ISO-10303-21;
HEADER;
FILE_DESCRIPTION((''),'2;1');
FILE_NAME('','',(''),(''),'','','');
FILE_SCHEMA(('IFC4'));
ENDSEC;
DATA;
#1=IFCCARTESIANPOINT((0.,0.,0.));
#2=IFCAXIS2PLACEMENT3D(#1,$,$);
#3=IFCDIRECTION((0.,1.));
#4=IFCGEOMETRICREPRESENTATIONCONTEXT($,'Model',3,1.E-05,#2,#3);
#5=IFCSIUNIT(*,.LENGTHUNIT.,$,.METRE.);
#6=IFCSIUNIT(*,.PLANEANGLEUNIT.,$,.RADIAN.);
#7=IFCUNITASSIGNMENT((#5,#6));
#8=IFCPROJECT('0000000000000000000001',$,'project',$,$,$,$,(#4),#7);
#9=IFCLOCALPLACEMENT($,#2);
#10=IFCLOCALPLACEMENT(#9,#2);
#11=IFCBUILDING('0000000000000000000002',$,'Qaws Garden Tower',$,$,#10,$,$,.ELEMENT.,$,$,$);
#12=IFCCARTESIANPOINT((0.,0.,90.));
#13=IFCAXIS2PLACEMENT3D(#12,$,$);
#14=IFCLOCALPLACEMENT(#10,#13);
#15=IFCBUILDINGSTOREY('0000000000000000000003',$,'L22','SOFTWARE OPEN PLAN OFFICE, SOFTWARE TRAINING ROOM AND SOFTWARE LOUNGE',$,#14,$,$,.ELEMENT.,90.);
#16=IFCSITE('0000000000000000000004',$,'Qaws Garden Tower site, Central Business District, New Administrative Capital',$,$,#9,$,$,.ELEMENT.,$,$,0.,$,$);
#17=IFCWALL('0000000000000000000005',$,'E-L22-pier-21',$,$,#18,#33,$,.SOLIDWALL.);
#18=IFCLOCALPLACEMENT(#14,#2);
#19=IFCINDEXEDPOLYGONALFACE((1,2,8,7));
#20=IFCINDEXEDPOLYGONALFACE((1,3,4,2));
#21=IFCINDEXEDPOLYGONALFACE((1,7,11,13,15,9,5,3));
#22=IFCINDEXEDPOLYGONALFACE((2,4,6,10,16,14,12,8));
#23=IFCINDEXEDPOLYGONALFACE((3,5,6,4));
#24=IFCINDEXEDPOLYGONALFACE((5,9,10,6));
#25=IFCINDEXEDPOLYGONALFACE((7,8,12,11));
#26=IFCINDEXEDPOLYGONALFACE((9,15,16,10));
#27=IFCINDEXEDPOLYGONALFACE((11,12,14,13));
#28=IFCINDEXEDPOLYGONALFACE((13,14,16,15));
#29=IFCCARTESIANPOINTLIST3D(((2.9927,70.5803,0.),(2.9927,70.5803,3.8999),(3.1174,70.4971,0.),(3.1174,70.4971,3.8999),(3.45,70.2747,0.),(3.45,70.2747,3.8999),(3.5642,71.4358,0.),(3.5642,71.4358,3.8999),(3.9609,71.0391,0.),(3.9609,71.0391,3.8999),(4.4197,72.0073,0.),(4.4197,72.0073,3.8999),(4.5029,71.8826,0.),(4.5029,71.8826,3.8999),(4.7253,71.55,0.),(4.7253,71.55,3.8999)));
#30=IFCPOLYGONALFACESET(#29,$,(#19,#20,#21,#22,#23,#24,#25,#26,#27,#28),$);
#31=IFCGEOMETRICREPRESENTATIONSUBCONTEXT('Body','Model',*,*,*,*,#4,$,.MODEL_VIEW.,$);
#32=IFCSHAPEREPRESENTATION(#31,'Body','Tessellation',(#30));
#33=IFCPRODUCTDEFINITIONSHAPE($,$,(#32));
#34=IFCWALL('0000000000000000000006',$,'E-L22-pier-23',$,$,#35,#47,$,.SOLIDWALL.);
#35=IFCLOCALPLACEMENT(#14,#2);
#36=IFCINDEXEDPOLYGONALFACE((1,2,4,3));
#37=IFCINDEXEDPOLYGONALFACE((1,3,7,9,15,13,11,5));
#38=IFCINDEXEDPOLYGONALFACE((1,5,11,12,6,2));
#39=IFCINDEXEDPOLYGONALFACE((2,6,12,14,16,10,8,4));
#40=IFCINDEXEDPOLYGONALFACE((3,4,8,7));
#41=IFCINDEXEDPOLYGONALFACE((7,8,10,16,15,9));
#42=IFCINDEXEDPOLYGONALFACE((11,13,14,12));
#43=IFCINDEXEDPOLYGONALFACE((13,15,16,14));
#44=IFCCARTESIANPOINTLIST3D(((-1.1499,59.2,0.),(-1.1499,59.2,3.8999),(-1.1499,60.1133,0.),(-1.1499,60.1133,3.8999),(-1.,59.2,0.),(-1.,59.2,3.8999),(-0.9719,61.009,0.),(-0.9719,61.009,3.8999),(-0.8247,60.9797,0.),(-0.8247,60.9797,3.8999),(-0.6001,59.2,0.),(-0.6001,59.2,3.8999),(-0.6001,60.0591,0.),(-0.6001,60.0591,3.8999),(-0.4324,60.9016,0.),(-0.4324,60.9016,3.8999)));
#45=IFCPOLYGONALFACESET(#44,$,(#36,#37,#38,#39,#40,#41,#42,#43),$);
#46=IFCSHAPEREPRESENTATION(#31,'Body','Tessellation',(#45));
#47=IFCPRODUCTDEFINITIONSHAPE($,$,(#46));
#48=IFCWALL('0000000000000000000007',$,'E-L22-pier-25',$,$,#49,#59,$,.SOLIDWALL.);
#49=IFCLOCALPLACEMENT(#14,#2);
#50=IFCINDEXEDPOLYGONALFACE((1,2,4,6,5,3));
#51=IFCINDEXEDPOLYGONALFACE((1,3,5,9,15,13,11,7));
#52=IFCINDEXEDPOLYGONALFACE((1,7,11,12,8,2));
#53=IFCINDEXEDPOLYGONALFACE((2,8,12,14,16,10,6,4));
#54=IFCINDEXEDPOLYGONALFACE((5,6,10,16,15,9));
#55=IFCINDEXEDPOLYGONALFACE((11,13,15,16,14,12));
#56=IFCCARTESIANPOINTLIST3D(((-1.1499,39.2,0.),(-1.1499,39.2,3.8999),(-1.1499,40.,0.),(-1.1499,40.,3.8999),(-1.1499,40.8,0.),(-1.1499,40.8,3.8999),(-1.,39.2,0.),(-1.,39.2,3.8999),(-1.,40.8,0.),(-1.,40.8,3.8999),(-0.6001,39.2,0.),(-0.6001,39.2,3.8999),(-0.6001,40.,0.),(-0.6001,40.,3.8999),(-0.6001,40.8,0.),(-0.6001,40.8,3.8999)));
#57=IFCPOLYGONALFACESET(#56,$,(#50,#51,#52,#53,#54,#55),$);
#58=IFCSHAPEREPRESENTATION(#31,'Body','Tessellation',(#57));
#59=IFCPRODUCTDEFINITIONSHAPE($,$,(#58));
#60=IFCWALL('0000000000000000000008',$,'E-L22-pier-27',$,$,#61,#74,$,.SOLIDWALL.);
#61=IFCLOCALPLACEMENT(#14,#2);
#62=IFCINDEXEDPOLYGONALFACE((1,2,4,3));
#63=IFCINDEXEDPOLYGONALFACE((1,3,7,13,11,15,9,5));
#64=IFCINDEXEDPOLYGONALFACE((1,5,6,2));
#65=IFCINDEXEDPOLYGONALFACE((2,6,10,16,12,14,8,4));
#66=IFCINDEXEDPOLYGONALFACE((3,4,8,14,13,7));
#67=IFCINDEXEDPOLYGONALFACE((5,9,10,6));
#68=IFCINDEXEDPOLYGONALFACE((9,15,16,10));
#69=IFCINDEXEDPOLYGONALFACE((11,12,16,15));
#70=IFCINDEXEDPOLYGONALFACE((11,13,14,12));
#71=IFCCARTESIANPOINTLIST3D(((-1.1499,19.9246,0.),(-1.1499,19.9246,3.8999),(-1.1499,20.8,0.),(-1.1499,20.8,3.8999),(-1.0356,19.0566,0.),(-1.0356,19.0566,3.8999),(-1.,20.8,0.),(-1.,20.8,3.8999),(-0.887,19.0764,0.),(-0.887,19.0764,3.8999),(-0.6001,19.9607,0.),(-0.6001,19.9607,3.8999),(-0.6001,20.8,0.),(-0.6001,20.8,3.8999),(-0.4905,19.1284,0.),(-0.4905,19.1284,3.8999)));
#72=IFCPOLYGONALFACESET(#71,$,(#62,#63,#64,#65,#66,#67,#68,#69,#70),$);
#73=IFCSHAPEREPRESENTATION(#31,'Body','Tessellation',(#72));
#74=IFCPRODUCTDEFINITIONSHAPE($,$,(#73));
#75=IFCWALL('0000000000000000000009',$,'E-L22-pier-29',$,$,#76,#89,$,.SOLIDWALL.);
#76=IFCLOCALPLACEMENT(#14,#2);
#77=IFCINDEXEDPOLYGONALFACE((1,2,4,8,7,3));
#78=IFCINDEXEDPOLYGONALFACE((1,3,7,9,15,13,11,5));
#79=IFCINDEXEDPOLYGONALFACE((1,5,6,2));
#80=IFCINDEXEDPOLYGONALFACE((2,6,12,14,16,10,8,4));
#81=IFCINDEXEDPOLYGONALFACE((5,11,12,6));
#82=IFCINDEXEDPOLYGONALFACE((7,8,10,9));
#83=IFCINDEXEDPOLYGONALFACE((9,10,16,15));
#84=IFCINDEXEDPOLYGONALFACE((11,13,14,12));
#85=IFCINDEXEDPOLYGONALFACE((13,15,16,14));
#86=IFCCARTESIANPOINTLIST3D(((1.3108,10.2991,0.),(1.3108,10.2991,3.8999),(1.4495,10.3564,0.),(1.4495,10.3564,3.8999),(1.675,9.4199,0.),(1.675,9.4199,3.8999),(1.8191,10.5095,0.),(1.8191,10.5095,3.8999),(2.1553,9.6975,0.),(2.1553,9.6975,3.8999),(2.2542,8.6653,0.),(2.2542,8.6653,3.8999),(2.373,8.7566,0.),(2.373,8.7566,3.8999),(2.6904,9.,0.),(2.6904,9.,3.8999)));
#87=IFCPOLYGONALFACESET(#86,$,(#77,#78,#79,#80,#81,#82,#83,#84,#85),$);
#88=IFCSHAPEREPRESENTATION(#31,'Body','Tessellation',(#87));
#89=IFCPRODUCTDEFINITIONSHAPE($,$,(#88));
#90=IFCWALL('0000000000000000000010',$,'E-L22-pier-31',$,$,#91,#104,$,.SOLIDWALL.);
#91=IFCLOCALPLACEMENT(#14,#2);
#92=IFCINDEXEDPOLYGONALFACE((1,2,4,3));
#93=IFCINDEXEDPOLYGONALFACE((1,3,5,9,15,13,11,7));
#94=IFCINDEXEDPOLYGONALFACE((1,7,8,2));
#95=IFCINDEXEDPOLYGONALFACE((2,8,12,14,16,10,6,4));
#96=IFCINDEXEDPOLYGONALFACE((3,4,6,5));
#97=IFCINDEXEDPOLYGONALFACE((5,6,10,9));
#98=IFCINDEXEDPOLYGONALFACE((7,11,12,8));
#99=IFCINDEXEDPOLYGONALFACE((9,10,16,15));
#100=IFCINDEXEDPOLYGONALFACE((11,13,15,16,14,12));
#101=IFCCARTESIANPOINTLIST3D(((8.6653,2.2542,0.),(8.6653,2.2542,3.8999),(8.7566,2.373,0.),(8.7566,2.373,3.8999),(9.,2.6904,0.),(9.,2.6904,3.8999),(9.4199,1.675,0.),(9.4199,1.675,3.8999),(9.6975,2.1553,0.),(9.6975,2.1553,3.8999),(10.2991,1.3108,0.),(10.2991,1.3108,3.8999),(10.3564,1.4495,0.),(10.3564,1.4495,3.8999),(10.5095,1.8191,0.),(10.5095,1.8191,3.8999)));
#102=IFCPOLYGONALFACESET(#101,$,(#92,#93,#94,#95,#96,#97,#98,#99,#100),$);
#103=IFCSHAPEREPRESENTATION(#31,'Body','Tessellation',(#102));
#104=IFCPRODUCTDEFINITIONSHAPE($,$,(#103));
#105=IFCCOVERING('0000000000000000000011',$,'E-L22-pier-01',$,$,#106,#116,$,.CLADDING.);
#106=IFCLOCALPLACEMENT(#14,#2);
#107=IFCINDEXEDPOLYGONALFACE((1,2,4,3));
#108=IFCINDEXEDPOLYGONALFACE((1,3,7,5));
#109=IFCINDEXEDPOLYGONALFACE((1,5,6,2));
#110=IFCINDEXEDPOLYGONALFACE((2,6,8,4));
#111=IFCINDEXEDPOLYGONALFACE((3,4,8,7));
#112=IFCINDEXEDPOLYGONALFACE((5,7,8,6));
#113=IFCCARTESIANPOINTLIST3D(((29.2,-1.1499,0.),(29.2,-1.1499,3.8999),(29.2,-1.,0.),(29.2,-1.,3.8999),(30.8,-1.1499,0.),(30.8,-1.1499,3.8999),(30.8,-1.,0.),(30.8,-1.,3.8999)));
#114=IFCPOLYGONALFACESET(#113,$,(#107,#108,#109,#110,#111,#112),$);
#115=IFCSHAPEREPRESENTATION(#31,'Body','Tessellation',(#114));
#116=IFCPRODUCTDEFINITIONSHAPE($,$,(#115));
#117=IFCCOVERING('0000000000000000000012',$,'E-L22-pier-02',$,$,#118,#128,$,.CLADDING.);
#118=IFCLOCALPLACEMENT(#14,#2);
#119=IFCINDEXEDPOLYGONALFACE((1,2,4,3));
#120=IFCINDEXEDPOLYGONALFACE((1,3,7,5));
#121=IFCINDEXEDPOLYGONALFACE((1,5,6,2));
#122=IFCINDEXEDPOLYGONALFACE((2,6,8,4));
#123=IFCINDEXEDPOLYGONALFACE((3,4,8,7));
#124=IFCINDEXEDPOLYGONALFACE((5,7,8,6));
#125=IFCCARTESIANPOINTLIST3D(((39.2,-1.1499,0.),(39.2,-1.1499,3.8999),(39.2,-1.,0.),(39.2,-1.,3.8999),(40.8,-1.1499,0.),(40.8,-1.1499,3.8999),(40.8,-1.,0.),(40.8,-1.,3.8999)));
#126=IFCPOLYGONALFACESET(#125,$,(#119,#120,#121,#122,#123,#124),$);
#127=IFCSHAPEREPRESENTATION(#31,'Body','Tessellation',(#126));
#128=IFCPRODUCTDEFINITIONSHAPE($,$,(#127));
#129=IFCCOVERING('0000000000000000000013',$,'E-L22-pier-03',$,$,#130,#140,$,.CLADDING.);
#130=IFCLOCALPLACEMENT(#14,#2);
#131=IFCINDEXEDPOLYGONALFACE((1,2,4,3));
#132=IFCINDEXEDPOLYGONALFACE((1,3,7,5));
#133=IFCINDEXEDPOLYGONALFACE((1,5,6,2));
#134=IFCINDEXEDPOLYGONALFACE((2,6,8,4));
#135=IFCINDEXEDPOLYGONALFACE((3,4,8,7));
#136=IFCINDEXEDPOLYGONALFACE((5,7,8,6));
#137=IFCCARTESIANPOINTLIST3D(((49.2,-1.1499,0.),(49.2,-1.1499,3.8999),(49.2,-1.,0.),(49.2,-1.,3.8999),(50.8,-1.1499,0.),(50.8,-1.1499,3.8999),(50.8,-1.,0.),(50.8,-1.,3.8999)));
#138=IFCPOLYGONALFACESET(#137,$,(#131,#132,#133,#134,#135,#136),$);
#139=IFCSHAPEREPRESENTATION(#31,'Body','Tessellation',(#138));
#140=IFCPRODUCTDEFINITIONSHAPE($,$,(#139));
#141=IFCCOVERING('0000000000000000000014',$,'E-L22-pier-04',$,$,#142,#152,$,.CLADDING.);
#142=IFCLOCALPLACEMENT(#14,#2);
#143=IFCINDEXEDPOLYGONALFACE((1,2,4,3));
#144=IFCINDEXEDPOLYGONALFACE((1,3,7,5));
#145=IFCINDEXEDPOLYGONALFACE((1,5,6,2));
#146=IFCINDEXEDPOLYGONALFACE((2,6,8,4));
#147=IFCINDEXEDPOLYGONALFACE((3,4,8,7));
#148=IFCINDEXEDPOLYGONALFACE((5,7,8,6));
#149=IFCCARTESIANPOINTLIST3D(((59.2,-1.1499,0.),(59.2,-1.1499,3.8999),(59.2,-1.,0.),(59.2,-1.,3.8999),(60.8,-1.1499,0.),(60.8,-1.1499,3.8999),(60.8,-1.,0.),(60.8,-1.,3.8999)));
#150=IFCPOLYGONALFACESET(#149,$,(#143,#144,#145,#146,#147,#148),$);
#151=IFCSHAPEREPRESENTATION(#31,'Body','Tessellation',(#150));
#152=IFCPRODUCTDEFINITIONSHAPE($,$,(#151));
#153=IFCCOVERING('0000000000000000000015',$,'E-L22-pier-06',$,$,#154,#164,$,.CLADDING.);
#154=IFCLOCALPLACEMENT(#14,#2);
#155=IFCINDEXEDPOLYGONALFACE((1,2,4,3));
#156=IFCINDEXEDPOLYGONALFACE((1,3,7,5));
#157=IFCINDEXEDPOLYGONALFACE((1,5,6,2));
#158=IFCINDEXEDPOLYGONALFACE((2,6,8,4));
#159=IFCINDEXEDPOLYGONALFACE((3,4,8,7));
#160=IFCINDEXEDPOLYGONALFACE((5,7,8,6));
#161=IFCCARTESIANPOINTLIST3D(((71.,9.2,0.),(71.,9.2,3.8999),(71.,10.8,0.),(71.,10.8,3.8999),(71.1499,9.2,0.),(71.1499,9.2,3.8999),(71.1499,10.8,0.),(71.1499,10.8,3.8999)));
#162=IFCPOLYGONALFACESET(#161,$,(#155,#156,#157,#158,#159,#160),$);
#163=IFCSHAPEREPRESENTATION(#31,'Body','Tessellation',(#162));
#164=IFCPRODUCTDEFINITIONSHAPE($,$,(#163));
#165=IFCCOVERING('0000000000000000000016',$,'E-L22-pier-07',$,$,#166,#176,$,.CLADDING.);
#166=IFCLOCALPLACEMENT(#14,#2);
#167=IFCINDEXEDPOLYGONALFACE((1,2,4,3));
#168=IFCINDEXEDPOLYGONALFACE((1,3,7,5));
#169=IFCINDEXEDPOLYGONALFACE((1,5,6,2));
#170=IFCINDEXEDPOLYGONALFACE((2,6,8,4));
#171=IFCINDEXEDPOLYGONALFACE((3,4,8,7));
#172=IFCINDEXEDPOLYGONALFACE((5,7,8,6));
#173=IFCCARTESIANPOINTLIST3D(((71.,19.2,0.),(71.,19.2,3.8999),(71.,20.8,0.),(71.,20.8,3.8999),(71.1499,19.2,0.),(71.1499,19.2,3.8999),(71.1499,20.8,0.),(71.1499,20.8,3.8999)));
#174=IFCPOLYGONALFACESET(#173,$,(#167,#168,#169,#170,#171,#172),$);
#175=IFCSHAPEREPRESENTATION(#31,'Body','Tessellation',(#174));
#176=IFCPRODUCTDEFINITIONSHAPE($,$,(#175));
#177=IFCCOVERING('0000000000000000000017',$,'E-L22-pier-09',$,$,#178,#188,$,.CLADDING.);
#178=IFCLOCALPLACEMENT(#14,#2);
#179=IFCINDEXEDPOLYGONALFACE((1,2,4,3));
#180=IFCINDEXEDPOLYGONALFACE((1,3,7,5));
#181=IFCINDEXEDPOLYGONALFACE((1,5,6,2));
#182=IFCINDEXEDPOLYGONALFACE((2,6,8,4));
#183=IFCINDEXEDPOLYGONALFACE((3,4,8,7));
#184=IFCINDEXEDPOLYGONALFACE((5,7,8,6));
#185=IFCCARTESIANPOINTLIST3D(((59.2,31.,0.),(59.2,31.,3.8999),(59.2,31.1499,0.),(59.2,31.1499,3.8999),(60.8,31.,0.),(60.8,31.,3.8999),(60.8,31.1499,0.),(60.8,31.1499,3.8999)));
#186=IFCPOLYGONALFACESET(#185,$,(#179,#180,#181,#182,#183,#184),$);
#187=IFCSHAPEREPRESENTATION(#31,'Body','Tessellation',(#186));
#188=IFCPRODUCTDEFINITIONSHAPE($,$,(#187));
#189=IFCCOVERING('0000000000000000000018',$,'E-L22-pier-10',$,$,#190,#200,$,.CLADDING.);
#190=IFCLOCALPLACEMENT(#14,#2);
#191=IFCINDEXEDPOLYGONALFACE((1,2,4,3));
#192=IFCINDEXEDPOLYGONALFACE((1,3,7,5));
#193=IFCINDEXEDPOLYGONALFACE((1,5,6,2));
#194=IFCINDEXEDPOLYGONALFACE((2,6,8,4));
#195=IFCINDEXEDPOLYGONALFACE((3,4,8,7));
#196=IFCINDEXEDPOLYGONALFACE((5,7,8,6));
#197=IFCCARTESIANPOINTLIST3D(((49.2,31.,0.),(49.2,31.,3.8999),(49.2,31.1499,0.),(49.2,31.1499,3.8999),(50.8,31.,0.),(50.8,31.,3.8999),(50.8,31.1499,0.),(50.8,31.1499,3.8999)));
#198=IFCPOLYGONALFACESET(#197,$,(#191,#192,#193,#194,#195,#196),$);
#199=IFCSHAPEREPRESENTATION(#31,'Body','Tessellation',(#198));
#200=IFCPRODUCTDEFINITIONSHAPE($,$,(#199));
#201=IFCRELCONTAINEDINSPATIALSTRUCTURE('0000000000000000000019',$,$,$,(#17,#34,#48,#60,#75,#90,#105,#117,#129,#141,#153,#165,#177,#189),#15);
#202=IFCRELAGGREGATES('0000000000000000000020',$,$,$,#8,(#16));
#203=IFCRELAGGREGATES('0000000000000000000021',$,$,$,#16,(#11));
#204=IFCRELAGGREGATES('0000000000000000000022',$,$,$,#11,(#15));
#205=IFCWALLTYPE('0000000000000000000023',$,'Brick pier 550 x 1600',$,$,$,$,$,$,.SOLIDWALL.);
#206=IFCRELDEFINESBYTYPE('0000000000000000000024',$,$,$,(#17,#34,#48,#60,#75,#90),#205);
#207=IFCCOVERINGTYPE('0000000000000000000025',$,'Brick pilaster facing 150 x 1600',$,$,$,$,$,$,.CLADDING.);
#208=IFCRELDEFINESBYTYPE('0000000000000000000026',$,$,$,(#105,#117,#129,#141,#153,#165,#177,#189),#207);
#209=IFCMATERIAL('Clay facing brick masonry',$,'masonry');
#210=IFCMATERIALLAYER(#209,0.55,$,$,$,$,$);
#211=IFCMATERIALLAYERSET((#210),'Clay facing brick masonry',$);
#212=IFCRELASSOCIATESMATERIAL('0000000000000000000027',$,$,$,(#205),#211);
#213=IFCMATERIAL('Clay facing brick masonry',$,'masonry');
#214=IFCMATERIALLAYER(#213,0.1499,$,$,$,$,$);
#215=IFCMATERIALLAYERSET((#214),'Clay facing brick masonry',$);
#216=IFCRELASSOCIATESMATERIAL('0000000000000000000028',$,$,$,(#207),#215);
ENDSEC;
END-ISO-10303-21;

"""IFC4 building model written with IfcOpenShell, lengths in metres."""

from ifc_helpers import new_model, si_unit, direction, frame, origin, place, context, subcontext, project, spatial, polyline, outline, extrude, material, layer, layer_set, type_object, element, save


model = new_model("IFC4")

# Units and contexts
model_context = context("Model", 3, precision=1e-05, world=origin(), true_north=direction((0.0, 1.0)))
body_context = subcontext(model_context, "Body", "Model", "MODEL_VIEW")
ifc_project = project(units=[si_unit("LENGTHUNIT", "METRE"), si_unit("PLANEANGLEUNIT", "RADIAN")], contexts=[model_context])

# Site, building, storey
site_placement = place(None, origin())
site = spatial("IfcSite", under=ifc_project, at=site_placement, Name="Qaws Garden Tower site, Central Business District, New Administrative Capital", CompositionType="ELEMENT", RefElevation=0.0)
building_placement = place(site_placement, origin())
building = spatial("IfcBuilding", under=site, at=building_placement, Name="Qaws Garden Tower", CompositionType="ELEMENT")
storey_placement = place(building_placement, frame((0.0, 0.0, 90.0)))
storey = spatial("IfcBuildingStorey", under=building, at=storey_placement, Name="L22", Description="SOFTWARE OPEN PLAN OFFICE, SOFTWARE TRAINING ROOM AND SOFTWARE LOUNGE", CompositionType="ELEMENT", Elevation=90.0)

# Walls
placement = place(storey_placement, origin())
ifc_material_1 = material(Name="Clay facing brick masonry", Category="masonry")
ifc_layer_1 = layer(ifc_material_1, 0.55)
ifc_layer_set_1 = layer_set([ifc_layer_1], Name="Clay facing brick masonry")
wall_type_1 = type_object("IfcWallType", Name="Brick pier 550 x 1600", PredefinedType="SOLIDWALL", material=ifc_layer_set_1)
element("IfcWall", 1, at=placement, inside=storey, type_object=wall_type_1, Name="E-L22-pier-21", PredefinedType="SOLIDWALL", context=body_context, shape_type="SweptSolid", body=[
    extrude(outline(polyline([(4.5029, 71.8826), (4.4197, 72.0073), (3.5642, 71.4358), (2.9927, 70.5803), (3.1174, 70.4971), (3.45, 70.2747), (3.9609, 71.0391), (4.7253, 71.55), (4.5029, 71.8826)])), origin(), (0.0, 0.0, 1.0), 3.8999),
])
element("IfcWall", 2, at=placement, inside=storey, type_object=wall_type_1, Name="E-L22-pier-23", PredefinedType="SOLIDWALL", context=body_context, shape_type="SweptSolid", body=[
    extrude(outline(polyline([(-0.8247, 60.9797), (-0.9719, 61.009), (-1.1499, 60.1133), (-1.1499, 59.2), (-1.0, 59.2), (-0.6001, 59.2), (-0.6001, 60.0591), (-0.4324, 60.9016), (-0.8247, 60.9797)])), origin(), (0.0, 0.0, 1.0), 3.8999),
])
element("IfcWall", 3, at=placement, inside=storey, type_object=wall_type_1, Name="E-L22-pier-25", PredefinedType="SOLIDWALL", context=body_context, shape_type="SweptSolid", body=[
    extrude(outline(polyline([(-1.0, 40.8), (-1.1499, 40.8), (-1.1499, 40.0), (-1.1499, 39.2), (-1.0, 39.2), (-0.6001, 39.2), (-0.6001, 40.0), (-0.6001, 40.8), (-1.0, 40.8)])), origin(), (0.0, 0.0, 1.0), 3.8999),
])
element("IfcWall", 4, at=placement, inside=storey, type_object=wall_type_1, Name="E-L22-pier-27", PredefinedType="SOLIDWALL", context=body_context, shape_type="SweptSolid", body=[
    extrude(outline(polyline([(-1.0, 20.8), (-1.1499, 20.8), (-1.1499, 19.9246), (-1.0356, 19.0566), (-0.887, 19.0764), (-0.4905, 19.1284), (-0.6001, 19.9607), (-0.6001, 20.8), (-1.0, 20.8)])), origin(), (0.0, 0.0, 1.0), 3.8999),
])
element("IfcWall", 5, at=placement, inside=storey, type_object=wall_type_1, Name="E-L22-pier-29", PredefinedType="SOLIDWALL", context=body_context, shape_type="SweptSolid", body=[
    extrude(outline(polyline([(1.4495, 10.3564), (1.3108, 10.2991), (1.675, 9.4199), (2.2542, 8.6653), (2.373, 8.7566), (2.6904, 9.0), (2.1553, 9.6975), (1.8191, 10.5095), (1.4495, 10.3564)])), origin(), (0.0, 0.0, 1.0), 3.8999),
])
element("IfcWall", 6, at=placement, inside=storey, type_object=wall_type_1, Name="E-L22-pier-31", PredefinedType="SOLIDWALL", context=body_context, shape_type="SweptSolid", body=[
    extrude(outline(polyline([(8.7566, 2.373), (8.6653, 2.2542), (9.4199, 1.675), (10.2991, 1.3108), (10.3564, 1.4495), (10.5095, 1.8191), (9.6975, 2.1553), (9.0, 2.6904), (8.7566, 2.373)])), origin(), (0.0, 0.0, 1.0), 3.8999),
])

# Coverings
ifc_material_2 = material(Name="Clay facing brick masonry", Category="masonry")
ifc_layer_2 = layer(ifc_material_2, 0.1499)
ifc_layer_set_2 = layer_set([ifc_layer_2], Name="Clay facing brick masonry")
covering_type = type_object("IfcCoveringType", Name="Brick pilaster facing 150 x 1600", PredefinedType="CLADDING", material=ifc_layer_set_2)
element("IfcCovering", 7, at=placement, inside=storey, type_object=covering_type, Name="E-L22-pier-01", PredefinedType="CLADDING", context=body_context, shape_type="SweptSolid", body=[
    extrude(outline(polyline([(29.2, -1.0), (30.8, -1.0), (30.8, -1.1499), (29.2, -1.1499), (29.2, -1.0)])), origin(), (0.0, 0.0, 1.0), 3.8999),
])
element("IfcCovering", 8, at=placement, inside=storey, type_object=covering_type, Name="E-L22-pier-02", PredefinedType="CLADDING", context=body_context, shape_type="SweptSolid", body=[
    extrude(outline(polyline([(39.2, -1.0), (40.8, -1.0), (40.8, -1.1499), (39.2, -1.1499), (39.2, -1.0)])), origin(), (0.0, 0.0, 1.0), 3.8999),
])
element("IfcCovering", 9, at=placement, inside=storey, type_object=covering_type, Name="E-L22-pier-03", PredefinedType="CLADDING", context=body_context, shape_type="SweptSolid", body=[
    extrude(outline(polyline([(49.2, -1.0), (50.8, -1.0), (50.8, -1.1499), (49.2, -1.1499), (49.2, -1.0)])), origin(), (0.0, 0.0, 1.0), 3.8999),
])
element("IfcCovering", 10, at=placement, inside=storey, type_object=covering_type, Name="E-L22-pier-04", PredefinedType="CLADDING", context=body_context, shape_type="SweptSolid", body=[
    extrude(outline(polyline([(59.2, -1.0), (60.8, -1.0), (60.8, -1.1499), (59.2, -1.1499), (59.2, -1.0)])), origin(), (0.0, 0.0, 1.0), 3.8999),
])
element("IfcCovering", 11, at=placement, inside=storey, type_object=covering_type, Name="E-L22-pier-06", PredefinedType="CLADDING", context=body_context, shape_type="SweptSolid", body=[
    extrude(outline(polyline([(71.0, 9.2), (71.0, 10.8), (71.1499, 10.8), (71.1499, 9.2), (71.0, 9.2)])), origin(), (0.0, 0.0, 1.0), 3.8999),
])
element("IfcCovering", 12, at=placement, inside=storey, type_object=covering_type, Name="E-L22-pier-07", PredefinedType="CLADDING", context=body_context, shape_type="SweptSolid", body=[
    extrude(outline(polyline([(71.0, 19.2), (71.0, 20.8), (71.1499, 20.8), (71.1499, 19.2), (71.0, 19.2)])), origin(), (0.0, 0.0, 1.0), 3.8999),
])
element("IfcCovering", 13, at=placement, inside=storey, type_object=covering_type, Name="E-L22-pier-09", PredefinedType="CLADDING", context=body_context, shape_type="SweptSolid", body=[
    extrude(outline(polyline([(60.8, 31.0), (59.2, 31.0), (59.2, 31.1499), (60.8, 31.1499), (60.8, 31.0)])), origin(), (0.0, 0.0, 1.0), 3.8999),
])
element("IfcCovering", 14, at=placement, inside=storey, type_object=covering_type, Name="E-L22-pier-10", PredefinedType="CLADDING", context=body_context, shape_type="SweptSolid", body=[
    extrude(outline(polyline([(50.8, 31.0), (49.2, 31.0), (49.2, 31.1499), (50.8, 31.1499), (50.8, 31.0)])), origin(), (0.0, 0.0, 1.0), 3.8999),
])

save(model, "model.ifc")
